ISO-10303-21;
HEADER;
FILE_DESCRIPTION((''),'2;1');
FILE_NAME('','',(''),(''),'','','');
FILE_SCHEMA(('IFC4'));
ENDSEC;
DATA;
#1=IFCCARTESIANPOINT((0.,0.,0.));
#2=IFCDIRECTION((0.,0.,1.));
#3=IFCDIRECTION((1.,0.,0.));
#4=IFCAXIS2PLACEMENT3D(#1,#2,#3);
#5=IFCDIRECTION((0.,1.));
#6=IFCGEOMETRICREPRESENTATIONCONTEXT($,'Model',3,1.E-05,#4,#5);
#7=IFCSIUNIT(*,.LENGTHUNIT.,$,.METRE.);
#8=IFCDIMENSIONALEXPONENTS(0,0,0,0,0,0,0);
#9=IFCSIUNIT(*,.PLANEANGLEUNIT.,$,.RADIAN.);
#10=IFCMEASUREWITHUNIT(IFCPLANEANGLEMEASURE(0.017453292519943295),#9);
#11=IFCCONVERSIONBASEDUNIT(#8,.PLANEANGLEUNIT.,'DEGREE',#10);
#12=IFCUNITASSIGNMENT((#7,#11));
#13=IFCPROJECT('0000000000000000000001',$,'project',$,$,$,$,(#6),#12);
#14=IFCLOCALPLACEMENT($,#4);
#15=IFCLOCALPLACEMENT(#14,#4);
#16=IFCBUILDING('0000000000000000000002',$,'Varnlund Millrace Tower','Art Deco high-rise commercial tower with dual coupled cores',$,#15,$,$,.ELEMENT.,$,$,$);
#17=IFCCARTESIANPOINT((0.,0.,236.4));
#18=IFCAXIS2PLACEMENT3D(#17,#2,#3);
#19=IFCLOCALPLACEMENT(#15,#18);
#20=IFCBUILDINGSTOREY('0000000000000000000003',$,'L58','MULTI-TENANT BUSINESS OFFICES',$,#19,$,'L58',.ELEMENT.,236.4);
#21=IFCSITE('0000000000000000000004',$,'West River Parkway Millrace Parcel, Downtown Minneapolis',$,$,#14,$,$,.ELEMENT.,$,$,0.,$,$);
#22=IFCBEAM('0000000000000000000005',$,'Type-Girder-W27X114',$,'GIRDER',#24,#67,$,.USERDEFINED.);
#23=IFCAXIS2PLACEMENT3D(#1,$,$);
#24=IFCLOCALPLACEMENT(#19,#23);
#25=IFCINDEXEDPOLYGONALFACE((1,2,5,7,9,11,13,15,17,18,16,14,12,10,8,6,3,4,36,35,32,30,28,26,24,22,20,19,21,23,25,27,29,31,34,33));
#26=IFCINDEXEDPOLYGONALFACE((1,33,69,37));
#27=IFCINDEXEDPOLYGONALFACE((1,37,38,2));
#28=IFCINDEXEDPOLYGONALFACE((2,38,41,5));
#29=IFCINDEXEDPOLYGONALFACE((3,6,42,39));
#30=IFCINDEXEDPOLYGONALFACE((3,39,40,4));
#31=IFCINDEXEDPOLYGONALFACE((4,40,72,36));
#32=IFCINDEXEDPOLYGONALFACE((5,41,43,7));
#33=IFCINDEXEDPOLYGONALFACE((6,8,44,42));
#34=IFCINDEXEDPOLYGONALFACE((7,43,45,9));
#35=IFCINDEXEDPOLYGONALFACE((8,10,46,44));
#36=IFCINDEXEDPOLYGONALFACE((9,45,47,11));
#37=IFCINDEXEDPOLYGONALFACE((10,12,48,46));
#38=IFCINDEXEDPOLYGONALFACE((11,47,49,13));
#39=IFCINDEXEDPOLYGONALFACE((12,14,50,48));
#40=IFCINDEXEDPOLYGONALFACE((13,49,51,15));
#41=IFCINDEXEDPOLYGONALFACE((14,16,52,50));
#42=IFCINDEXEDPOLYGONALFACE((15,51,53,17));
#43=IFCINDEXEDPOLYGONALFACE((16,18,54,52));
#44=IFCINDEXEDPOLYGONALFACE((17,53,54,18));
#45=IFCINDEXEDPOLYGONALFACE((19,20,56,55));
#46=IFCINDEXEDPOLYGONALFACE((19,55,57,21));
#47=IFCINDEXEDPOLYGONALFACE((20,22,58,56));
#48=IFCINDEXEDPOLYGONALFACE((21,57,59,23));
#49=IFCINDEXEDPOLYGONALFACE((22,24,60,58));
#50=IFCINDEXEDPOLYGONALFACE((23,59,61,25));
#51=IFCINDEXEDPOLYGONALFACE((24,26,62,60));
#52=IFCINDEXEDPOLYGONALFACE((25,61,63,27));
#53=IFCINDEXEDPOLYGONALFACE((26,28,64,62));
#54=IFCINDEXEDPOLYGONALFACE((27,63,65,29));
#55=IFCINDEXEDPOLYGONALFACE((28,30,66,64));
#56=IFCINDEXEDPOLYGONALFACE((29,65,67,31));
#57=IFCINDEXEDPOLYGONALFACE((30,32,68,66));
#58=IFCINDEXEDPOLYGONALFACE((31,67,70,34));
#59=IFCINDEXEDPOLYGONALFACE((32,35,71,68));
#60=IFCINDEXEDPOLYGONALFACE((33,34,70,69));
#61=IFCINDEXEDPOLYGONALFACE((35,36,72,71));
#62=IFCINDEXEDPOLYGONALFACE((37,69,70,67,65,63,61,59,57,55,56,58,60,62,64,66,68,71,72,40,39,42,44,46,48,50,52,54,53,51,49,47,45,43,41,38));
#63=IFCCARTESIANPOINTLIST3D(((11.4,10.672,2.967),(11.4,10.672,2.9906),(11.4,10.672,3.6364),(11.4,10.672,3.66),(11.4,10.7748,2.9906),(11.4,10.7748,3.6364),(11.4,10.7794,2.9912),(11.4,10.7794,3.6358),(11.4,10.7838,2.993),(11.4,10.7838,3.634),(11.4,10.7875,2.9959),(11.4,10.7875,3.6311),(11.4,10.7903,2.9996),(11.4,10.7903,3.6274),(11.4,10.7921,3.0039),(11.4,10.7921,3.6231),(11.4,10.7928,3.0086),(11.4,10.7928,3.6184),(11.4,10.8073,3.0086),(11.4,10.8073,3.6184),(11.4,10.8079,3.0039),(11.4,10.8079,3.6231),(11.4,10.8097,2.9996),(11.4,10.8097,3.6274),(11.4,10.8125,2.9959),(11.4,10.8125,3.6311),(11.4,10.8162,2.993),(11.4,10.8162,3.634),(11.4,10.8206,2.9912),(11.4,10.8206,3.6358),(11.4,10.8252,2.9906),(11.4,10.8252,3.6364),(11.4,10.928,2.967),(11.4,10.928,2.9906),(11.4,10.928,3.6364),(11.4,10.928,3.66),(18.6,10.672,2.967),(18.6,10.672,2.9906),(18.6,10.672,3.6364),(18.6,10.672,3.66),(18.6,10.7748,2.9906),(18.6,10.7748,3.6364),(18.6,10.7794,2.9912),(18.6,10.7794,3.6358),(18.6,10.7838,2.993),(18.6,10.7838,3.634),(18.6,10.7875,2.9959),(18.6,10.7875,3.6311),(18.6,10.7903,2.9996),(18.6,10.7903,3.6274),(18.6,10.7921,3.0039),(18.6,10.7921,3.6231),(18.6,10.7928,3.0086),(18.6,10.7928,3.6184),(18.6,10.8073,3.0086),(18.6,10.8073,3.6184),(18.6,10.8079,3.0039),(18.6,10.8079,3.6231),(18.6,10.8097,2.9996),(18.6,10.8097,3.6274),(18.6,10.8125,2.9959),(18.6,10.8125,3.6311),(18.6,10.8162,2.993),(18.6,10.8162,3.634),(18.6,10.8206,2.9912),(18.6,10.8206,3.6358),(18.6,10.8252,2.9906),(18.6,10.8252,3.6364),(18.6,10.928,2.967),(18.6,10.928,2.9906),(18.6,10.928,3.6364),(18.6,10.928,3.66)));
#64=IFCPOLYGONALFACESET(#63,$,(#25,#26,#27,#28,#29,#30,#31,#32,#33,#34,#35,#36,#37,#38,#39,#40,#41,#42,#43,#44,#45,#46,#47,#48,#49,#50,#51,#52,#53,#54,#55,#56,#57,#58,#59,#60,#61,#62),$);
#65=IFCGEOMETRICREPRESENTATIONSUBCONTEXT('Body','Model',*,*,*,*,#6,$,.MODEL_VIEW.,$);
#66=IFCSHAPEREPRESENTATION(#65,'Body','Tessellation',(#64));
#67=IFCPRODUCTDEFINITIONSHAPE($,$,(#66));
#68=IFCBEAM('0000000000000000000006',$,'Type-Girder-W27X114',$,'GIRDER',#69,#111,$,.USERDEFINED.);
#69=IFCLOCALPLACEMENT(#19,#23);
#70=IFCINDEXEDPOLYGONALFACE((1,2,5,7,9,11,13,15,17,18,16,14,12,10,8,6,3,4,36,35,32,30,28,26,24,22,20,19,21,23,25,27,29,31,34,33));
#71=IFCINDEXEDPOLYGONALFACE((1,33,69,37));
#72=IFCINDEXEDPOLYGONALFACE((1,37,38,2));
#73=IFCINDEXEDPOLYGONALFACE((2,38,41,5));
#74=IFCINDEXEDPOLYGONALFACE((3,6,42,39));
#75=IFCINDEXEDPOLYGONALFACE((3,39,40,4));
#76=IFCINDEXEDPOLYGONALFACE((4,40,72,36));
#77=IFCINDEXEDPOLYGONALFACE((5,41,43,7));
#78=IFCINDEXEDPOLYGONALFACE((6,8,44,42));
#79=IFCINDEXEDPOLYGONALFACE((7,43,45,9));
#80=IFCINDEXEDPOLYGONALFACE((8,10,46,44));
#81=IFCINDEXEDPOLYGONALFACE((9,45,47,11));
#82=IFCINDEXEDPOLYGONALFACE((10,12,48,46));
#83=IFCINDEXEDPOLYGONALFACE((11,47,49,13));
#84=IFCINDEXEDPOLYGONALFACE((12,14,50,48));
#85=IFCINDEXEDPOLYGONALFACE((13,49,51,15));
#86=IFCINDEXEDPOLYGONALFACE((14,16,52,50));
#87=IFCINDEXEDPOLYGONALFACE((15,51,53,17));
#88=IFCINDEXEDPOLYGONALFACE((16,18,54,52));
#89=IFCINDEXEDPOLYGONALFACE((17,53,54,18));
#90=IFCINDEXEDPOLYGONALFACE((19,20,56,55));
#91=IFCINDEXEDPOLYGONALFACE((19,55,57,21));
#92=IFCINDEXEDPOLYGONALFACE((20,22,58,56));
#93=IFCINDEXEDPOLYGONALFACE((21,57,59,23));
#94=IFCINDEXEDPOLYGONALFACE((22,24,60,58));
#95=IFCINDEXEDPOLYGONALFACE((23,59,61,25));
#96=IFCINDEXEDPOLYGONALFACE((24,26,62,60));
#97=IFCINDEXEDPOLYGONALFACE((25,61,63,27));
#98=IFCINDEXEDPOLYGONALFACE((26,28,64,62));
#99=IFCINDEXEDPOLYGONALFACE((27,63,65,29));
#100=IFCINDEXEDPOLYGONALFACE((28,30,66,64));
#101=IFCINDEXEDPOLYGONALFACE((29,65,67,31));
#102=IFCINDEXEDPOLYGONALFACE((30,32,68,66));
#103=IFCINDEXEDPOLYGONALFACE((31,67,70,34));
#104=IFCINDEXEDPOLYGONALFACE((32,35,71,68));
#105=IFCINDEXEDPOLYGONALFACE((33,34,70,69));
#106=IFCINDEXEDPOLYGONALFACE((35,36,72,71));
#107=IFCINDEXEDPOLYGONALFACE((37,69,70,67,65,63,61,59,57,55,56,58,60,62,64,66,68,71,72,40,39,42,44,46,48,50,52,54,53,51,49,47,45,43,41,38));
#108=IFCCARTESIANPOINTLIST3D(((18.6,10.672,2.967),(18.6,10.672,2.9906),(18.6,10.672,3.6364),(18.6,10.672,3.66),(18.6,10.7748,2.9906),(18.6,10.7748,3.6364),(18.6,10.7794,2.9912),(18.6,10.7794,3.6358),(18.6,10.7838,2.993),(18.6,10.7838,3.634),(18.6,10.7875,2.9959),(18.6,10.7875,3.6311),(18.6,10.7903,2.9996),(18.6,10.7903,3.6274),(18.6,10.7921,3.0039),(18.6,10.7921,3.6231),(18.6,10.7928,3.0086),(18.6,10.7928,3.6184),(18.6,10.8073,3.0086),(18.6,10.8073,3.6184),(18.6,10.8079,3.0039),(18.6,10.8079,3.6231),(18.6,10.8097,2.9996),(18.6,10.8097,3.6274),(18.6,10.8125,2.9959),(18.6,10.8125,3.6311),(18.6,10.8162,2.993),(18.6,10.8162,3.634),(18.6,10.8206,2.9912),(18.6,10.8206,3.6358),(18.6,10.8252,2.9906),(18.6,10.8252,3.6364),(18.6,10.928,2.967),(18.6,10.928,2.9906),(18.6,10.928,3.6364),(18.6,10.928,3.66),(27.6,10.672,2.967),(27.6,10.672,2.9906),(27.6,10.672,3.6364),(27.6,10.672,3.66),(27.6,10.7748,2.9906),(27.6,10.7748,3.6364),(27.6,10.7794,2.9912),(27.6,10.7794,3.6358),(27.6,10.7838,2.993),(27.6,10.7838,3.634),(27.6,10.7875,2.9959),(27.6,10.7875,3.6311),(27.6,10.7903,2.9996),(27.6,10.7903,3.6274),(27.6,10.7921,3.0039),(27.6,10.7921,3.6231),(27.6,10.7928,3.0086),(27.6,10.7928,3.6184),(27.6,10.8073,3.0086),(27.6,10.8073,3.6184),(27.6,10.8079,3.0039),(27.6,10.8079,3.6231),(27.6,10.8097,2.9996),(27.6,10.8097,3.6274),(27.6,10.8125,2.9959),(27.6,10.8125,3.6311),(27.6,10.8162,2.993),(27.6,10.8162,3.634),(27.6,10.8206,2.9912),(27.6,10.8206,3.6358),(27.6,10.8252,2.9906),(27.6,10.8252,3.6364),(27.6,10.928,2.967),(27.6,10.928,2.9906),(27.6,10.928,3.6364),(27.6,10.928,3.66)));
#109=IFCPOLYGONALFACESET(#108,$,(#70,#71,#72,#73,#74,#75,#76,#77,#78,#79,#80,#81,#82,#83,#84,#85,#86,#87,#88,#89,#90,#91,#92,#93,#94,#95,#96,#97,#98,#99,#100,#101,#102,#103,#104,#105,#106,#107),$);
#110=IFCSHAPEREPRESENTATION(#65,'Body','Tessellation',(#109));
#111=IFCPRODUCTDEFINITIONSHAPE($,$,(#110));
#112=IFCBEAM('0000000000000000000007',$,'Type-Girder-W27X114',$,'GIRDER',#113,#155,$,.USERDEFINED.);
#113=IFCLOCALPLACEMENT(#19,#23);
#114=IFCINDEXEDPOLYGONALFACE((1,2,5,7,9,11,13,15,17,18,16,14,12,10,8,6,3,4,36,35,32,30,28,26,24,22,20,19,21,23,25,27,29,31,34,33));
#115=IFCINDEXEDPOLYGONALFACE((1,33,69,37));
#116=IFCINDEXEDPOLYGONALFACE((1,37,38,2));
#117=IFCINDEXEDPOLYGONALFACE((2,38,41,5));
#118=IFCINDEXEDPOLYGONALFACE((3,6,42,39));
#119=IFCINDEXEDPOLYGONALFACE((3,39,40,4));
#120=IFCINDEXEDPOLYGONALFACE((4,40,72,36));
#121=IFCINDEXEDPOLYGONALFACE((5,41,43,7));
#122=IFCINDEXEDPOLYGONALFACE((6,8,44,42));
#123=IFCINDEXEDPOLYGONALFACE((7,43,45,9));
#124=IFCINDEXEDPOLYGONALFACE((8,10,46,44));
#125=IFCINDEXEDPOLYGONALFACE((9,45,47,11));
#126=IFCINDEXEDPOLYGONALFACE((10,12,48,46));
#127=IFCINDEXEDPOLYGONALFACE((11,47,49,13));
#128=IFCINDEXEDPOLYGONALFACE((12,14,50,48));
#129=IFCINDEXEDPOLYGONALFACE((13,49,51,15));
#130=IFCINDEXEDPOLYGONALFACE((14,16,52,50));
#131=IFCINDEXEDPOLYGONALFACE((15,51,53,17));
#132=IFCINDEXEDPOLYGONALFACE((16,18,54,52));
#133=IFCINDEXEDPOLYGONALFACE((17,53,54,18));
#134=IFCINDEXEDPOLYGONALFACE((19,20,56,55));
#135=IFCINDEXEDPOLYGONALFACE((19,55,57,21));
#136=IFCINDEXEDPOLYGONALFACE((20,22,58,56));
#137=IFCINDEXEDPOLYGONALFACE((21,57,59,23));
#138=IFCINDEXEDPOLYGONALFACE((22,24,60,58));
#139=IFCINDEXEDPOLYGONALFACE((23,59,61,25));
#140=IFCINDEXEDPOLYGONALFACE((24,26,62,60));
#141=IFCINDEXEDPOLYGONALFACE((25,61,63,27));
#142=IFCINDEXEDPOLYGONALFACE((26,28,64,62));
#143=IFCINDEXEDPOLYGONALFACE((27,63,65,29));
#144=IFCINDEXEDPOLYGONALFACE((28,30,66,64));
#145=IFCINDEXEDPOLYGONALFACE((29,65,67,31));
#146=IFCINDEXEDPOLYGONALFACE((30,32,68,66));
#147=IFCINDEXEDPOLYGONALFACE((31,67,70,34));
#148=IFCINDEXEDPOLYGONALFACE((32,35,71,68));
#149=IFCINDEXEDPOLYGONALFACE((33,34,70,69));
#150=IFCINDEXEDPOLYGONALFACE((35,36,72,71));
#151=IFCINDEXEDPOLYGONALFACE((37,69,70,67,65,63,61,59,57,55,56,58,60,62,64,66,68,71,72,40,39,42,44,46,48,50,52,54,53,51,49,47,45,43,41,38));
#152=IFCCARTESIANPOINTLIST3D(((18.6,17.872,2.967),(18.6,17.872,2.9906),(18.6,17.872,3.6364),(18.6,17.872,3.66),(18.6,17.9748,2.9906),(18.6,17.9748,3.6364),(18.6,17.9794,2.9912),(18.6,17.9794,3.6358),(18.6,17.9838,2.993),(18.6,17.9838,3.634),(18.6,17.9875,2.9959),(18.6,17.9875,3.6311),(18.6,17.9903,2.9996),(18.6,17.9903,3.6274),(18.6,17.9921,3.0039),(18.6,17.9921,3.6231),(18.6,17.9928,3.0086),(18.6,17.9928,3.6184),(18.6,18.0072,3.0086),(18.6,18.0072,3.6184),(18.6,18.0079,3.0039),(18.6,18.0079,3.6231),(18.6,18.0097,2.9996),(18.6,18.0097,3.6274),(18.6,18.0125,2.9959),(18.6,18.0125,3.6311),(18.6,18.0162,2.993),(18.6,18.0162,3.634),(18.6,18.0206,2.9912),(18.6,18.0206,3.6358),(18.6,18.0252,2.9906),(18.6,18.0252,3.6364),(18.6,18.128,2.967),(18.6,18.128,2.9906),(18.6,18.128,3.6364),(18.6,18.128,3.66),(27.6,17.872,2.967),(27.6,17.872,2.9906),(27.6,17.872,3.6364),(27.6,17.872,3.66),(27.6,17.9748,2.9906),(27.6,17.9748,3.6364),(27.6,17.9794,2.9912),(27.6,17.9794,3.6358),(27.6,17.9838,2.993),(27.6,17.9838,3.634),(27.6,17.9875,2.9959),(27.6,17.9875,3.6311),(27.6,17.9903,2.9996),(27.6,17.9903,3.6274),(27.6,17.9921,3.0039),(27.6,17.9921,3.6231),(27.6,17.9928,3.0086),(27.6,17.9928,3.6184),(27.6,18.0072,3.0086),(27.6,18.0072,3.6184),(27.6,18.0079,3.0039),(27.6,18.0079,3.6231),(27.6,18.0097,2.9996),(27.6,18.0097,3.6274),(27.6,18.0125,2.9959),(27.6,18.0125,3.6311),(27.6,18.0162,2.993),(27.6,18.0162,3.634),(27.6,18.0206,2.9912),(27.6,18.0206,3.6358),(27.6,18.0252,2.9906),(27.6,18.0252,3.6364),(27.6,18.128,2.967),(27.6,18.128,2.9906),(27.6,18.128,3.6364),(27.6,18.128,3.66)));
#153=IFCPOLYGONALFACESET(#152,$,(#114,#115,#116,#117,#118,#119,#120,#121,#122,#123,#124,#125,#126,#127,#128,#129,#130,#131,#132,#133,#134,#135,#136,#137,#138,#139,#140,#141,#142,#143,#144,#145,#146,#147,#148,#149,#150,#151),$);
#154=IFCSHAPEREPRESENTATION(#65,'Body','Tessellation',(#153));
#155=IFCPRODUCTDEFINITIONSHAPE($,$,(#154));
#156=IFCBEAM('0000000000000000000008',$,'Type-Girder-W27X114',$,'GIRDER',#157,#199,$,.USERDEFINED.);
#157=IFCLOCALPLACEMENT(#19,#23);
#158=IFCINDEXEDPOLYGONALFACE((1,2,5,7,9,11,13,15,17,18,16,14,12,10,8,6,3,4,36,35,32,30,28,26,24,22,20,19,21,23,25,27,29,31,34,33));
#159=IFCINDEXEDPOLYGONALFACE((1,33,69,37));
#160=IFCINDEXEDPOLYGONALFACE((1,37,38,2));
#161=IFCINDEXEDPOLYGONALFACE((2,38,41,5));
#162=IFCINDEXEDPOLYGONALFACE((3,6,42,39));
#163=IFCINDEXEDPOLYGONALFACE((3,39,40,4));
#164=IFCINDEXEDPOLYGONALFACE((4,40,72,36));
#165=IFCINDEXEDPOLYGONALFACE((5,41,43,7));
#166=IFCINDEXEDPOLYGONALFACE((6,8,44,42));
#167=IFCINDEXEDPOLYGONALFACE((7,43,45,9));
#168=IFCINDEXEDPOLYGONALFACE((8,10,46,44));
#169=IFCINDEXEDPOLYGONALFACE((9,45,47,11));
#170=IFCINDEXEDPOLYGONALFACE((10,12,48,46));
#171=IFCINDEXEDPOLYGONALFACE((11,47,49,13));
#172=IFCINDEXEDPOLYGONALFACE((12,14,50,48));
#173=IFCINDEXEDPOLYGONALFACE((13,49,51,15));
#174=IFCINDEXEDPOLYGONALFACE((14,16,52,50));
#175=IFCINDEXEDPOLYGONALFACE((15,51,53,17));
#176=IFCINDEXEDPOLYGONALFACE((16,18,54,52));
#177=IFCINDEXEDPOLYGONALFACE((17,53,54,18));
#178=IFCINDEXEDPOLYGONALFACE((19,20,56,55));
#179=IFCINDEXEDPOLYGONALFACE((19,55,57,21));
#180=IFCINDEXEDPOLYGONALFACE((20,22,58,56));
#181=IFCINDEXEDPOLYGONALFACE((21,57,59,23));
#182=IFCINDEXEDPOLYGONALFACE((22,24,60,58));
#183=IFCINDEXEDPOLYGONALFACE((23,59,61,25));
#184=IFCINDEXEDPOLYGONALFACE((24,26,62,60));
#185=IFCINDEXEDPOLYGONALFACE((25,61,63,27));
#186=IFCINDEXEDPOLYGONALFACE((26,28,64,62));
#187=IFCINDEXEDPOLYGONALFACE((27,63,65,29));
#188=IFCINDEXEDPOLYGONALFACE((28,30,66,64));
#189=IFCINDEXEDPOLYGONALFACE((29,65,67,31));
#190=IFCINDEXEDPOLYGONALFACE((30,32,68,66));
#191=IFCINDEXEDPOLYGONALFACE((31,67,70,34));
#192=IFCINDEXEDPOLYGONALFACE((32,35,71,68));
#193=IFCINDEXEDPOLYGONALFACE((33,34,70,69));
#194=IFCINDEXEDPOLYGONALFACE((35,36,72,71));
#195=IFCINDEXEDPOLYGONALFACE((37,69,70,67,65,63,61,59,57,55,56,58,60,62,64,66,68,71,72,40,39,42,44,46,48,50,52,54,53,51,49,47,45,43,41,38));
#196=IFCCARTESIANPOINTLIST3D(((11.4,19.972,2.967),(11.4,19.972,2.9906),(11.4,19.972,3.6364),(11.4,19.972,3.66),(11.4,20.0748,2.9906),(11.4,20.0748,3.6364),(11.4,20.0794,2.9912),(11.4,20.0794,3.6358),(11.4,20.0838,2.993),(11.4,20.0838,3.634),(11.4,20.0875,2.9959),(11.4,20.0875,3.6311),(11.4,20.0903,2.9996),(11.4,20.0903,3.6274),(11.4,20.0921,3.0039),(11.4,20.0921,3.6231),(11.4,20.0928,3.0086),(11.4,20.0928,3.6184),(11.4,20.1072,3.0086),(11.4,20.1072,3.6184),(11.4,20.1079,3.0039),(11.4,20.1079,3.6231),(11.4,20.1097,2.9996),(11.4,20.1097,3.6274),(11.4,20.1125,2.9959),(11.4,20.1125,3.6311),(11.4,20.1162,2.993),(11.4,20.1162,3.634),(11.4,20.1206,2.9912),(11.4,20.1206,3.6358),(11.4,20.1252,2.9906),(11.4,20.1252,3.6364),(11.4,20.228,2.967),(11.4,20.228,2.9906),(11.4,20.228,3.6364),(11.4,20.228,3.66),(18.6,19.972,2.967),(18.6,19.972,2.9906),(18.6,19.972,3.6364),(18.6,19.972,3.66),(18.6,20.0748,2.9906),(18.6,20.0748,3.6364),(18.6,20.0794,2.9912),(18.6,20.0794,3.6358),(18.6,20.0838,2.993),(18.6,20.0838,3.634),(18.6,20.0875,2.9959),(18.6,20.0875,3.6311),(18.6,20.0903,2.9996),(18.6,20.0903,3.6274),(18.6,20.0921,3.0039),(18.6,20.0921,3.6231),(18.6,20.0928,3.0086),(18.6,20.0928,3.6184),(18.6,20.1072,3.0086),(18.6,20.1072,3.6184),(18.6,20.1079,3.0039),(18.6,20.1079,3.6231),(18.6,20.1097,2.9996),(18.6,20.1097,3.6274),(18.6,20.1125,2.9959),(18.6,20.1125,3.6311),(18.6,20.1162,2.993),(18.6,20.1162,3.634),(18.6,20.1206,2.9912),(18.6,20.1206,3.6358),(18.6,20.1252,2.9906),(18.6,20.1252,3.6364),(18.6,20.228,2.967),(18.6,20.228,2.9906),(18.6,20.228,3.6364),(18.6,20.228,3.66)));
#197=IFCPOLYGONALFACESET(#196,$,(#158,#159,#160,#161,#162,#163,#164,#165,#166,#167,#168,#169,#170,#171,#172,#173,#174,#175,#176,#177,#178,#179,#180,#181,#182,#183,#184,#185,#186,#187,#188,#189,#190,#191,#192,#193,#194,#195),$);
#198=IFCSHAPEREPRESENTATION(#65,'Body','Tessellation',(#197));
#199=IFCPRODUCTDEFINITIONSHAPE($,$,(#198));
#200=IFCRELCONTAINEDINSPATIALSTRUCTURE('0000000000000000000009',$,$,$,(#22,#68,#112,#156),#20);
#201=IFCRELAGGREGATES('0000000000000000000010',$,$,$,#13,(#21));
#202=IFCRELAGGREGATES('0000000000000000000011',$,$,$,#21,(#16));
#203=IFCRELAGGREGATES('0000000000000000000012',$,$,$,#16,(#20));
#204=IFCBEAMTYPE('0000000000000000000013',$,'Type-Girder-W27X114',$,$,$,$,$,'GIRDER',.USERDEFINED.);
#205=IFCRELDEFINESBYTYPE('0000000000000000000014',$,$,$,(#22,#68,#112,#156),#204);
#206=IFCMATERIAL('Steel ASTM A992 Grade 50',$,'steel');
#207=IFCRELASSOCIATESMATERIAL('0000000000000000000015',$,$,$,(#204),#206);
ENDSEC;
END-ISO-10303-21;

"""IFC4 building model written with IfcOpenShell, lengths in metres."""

from ifc_helpers import new_model, entity, si_unit, converted_unit, direction, frame, origin_with_axes, origin_2d_with_axis, place, context, subcontext, project, spatial, i_section, extrude, material, material_profile, profile_set, type_object, element, save


model = new_model("IFC4")

# Units and contexts
model_context = context("Model", 3, precision=1e-05, world=origin_with_axes(), true_north=direction((0.0, 1.0)))
body_context = subcontext(model_context, "Body", "Model", "MODEL_VIEW")
ifc_project = project(units=[si_unit("LENGTHUNIT", "METRE"), converted_unit("PLANEANGLEUNIT", "DEGREE", entity("IfcPlaneAngleMeasure", 0.017453292519943295), si_unit("PLANEANGLEUNIT", "RADIAN"), dimensions=[0, 0, 0, 0, 0, 0, 0])], contexts=[model_context])

# Site, building, storey
site_placement = place(None, origin_with_axes())
site = spatial("IfcSite", under=ifc_project, at=site_placement, Name="West River Parkway Millrace Parcel, Downtown Minneapolis", CompositionType="ELEMENT", RefElevation=0.0)
building_placement = place(site_placement, origin_with_axes())
building = spatial("IfcBuilding", under=site, at=building_placement, Name="Varnlund Millrace Tower", Description="Art Deco high-rise commercial tower with dual coupled cores", CompositionType="ELEMENT")
storey_placement = place(building_placement, frame((0.0, 0.0, 236.4), z_axis=(0.0, 0.0, 1.0), x_axis=(1.0, 0.0, 0.0)))
storey = spatial("IfcBuildingStorey", under=building, at=storey_placement, Name="L58", Description="MULTI-TENANT BUSINESS OFFICES", LongName="L58", CompositionType="ELEMENT", Elevation=236.4)

# Beams
ifc_material_1 = material(Name="Steel ASTM A992 Grade 50", Category="steel")
ifc_material_profile_1 = material_profile(ifc_material_1, i_section(OverallWidth=0.256, OverallDepth=0.693, WebThickness=0.0145, FlangeThickness=0.0236, FilletRadius=0.018, at=origin_2d_with_axis()), Name="Steel ASTM A992 Grade 50")
ifc_profile_set_1 = profile_set([ifc_material_profile_1], Name="Steel ASTM A992 Grade 50")
beam_type_1 = type_object("IfcBeamType", Name="Type-Girder-W27X114", ElementType="GIRDER", PredefinedType="USERDEFINED", material=ifc_profile_set_1)
beam_1_placement = place(storey_placement, frame((11.4, 10.8, 3.3135), z_axis=(1.0, 0.0, 0.0), x_axis=(0.0, 1.0, 0.0)))
element("IfcBeam", 1, at=beam_1_placement, inside=storey, type_object=beam_type_1, Name="Type-Girder-W27X114", ObjectType="GIRDER", PredefinedType="USERDEFINED", context=body_context, shape_type="SweptSolid", body=[
    extrude(i_section(OverallWidth=0.256, OverallDepth=0.693, WebThickness=0.0145, FlangeThickness=0.0236, FilletRadius=0.018, at=origin_2d_with_axis()), origin_with_axes(), (0.0, 0.0, 1.0), 7.2),
])
for number, where, z_axis, x_axis, name in (
    (2, (18.6, 10.8, 3.3135), (1.0, 0.0, 0.0), (0.0, 1.0, 0.0), "Type-Girder-W27X114"),
    (3, (18.6, 18.0, 3.3135), (1.0, 0.0, 0.0), (0.0, 1.0, 0.0), "Type-Girder-W27X114"),
):
    element("IfcBeam", number, at=place(storey_placement, frame(where, z_axis=z_axis, x_axis=x_axis)), inside=storey, type_object=beam_type_1, Name=name, ObjectType="GIRDER", PredefinedType="USERDEFINED", context=body_context, shape_type="SweptSolid", body=[
        extrude(i_section(OverallWidth=0.256, OverallDepth=0.693, WebThickness=0.0145, FlangeThickness=0.0236, FilletRadius=0.018, at=origin_2d_with_axis()), origin_with_axes(), (0.0, 0.0, 1.0), 9.0),
    ])
beam_2_placement = place(storey_placement, frame((11.4, 20.1, 3.3135), z_axis=(1.0, 0.0, 0.0), x_axis=(0.0, 1.0, 0.0)))
element("IfcBeam", 4, at=beam_2_placement, inside=storey, type_object=beam_type_1, Name="Type-Girder-W27X114", ObjectType="GIRDER", PredefinedType="USERDEFINED", context=body_context, shape_type="SweptSolid", body=[
    extrude(i_section(OverallWidth=0.256, OverallDepth=0.693, WebThickness=0.0145, FlangeThickness=0.0236, FilletRadius=0.018, at=origin_2d_with_axis()), origin_with_axes(), (0.0, 0.0, 1.0), 7.2),
])

save(model, "model.ifc")
